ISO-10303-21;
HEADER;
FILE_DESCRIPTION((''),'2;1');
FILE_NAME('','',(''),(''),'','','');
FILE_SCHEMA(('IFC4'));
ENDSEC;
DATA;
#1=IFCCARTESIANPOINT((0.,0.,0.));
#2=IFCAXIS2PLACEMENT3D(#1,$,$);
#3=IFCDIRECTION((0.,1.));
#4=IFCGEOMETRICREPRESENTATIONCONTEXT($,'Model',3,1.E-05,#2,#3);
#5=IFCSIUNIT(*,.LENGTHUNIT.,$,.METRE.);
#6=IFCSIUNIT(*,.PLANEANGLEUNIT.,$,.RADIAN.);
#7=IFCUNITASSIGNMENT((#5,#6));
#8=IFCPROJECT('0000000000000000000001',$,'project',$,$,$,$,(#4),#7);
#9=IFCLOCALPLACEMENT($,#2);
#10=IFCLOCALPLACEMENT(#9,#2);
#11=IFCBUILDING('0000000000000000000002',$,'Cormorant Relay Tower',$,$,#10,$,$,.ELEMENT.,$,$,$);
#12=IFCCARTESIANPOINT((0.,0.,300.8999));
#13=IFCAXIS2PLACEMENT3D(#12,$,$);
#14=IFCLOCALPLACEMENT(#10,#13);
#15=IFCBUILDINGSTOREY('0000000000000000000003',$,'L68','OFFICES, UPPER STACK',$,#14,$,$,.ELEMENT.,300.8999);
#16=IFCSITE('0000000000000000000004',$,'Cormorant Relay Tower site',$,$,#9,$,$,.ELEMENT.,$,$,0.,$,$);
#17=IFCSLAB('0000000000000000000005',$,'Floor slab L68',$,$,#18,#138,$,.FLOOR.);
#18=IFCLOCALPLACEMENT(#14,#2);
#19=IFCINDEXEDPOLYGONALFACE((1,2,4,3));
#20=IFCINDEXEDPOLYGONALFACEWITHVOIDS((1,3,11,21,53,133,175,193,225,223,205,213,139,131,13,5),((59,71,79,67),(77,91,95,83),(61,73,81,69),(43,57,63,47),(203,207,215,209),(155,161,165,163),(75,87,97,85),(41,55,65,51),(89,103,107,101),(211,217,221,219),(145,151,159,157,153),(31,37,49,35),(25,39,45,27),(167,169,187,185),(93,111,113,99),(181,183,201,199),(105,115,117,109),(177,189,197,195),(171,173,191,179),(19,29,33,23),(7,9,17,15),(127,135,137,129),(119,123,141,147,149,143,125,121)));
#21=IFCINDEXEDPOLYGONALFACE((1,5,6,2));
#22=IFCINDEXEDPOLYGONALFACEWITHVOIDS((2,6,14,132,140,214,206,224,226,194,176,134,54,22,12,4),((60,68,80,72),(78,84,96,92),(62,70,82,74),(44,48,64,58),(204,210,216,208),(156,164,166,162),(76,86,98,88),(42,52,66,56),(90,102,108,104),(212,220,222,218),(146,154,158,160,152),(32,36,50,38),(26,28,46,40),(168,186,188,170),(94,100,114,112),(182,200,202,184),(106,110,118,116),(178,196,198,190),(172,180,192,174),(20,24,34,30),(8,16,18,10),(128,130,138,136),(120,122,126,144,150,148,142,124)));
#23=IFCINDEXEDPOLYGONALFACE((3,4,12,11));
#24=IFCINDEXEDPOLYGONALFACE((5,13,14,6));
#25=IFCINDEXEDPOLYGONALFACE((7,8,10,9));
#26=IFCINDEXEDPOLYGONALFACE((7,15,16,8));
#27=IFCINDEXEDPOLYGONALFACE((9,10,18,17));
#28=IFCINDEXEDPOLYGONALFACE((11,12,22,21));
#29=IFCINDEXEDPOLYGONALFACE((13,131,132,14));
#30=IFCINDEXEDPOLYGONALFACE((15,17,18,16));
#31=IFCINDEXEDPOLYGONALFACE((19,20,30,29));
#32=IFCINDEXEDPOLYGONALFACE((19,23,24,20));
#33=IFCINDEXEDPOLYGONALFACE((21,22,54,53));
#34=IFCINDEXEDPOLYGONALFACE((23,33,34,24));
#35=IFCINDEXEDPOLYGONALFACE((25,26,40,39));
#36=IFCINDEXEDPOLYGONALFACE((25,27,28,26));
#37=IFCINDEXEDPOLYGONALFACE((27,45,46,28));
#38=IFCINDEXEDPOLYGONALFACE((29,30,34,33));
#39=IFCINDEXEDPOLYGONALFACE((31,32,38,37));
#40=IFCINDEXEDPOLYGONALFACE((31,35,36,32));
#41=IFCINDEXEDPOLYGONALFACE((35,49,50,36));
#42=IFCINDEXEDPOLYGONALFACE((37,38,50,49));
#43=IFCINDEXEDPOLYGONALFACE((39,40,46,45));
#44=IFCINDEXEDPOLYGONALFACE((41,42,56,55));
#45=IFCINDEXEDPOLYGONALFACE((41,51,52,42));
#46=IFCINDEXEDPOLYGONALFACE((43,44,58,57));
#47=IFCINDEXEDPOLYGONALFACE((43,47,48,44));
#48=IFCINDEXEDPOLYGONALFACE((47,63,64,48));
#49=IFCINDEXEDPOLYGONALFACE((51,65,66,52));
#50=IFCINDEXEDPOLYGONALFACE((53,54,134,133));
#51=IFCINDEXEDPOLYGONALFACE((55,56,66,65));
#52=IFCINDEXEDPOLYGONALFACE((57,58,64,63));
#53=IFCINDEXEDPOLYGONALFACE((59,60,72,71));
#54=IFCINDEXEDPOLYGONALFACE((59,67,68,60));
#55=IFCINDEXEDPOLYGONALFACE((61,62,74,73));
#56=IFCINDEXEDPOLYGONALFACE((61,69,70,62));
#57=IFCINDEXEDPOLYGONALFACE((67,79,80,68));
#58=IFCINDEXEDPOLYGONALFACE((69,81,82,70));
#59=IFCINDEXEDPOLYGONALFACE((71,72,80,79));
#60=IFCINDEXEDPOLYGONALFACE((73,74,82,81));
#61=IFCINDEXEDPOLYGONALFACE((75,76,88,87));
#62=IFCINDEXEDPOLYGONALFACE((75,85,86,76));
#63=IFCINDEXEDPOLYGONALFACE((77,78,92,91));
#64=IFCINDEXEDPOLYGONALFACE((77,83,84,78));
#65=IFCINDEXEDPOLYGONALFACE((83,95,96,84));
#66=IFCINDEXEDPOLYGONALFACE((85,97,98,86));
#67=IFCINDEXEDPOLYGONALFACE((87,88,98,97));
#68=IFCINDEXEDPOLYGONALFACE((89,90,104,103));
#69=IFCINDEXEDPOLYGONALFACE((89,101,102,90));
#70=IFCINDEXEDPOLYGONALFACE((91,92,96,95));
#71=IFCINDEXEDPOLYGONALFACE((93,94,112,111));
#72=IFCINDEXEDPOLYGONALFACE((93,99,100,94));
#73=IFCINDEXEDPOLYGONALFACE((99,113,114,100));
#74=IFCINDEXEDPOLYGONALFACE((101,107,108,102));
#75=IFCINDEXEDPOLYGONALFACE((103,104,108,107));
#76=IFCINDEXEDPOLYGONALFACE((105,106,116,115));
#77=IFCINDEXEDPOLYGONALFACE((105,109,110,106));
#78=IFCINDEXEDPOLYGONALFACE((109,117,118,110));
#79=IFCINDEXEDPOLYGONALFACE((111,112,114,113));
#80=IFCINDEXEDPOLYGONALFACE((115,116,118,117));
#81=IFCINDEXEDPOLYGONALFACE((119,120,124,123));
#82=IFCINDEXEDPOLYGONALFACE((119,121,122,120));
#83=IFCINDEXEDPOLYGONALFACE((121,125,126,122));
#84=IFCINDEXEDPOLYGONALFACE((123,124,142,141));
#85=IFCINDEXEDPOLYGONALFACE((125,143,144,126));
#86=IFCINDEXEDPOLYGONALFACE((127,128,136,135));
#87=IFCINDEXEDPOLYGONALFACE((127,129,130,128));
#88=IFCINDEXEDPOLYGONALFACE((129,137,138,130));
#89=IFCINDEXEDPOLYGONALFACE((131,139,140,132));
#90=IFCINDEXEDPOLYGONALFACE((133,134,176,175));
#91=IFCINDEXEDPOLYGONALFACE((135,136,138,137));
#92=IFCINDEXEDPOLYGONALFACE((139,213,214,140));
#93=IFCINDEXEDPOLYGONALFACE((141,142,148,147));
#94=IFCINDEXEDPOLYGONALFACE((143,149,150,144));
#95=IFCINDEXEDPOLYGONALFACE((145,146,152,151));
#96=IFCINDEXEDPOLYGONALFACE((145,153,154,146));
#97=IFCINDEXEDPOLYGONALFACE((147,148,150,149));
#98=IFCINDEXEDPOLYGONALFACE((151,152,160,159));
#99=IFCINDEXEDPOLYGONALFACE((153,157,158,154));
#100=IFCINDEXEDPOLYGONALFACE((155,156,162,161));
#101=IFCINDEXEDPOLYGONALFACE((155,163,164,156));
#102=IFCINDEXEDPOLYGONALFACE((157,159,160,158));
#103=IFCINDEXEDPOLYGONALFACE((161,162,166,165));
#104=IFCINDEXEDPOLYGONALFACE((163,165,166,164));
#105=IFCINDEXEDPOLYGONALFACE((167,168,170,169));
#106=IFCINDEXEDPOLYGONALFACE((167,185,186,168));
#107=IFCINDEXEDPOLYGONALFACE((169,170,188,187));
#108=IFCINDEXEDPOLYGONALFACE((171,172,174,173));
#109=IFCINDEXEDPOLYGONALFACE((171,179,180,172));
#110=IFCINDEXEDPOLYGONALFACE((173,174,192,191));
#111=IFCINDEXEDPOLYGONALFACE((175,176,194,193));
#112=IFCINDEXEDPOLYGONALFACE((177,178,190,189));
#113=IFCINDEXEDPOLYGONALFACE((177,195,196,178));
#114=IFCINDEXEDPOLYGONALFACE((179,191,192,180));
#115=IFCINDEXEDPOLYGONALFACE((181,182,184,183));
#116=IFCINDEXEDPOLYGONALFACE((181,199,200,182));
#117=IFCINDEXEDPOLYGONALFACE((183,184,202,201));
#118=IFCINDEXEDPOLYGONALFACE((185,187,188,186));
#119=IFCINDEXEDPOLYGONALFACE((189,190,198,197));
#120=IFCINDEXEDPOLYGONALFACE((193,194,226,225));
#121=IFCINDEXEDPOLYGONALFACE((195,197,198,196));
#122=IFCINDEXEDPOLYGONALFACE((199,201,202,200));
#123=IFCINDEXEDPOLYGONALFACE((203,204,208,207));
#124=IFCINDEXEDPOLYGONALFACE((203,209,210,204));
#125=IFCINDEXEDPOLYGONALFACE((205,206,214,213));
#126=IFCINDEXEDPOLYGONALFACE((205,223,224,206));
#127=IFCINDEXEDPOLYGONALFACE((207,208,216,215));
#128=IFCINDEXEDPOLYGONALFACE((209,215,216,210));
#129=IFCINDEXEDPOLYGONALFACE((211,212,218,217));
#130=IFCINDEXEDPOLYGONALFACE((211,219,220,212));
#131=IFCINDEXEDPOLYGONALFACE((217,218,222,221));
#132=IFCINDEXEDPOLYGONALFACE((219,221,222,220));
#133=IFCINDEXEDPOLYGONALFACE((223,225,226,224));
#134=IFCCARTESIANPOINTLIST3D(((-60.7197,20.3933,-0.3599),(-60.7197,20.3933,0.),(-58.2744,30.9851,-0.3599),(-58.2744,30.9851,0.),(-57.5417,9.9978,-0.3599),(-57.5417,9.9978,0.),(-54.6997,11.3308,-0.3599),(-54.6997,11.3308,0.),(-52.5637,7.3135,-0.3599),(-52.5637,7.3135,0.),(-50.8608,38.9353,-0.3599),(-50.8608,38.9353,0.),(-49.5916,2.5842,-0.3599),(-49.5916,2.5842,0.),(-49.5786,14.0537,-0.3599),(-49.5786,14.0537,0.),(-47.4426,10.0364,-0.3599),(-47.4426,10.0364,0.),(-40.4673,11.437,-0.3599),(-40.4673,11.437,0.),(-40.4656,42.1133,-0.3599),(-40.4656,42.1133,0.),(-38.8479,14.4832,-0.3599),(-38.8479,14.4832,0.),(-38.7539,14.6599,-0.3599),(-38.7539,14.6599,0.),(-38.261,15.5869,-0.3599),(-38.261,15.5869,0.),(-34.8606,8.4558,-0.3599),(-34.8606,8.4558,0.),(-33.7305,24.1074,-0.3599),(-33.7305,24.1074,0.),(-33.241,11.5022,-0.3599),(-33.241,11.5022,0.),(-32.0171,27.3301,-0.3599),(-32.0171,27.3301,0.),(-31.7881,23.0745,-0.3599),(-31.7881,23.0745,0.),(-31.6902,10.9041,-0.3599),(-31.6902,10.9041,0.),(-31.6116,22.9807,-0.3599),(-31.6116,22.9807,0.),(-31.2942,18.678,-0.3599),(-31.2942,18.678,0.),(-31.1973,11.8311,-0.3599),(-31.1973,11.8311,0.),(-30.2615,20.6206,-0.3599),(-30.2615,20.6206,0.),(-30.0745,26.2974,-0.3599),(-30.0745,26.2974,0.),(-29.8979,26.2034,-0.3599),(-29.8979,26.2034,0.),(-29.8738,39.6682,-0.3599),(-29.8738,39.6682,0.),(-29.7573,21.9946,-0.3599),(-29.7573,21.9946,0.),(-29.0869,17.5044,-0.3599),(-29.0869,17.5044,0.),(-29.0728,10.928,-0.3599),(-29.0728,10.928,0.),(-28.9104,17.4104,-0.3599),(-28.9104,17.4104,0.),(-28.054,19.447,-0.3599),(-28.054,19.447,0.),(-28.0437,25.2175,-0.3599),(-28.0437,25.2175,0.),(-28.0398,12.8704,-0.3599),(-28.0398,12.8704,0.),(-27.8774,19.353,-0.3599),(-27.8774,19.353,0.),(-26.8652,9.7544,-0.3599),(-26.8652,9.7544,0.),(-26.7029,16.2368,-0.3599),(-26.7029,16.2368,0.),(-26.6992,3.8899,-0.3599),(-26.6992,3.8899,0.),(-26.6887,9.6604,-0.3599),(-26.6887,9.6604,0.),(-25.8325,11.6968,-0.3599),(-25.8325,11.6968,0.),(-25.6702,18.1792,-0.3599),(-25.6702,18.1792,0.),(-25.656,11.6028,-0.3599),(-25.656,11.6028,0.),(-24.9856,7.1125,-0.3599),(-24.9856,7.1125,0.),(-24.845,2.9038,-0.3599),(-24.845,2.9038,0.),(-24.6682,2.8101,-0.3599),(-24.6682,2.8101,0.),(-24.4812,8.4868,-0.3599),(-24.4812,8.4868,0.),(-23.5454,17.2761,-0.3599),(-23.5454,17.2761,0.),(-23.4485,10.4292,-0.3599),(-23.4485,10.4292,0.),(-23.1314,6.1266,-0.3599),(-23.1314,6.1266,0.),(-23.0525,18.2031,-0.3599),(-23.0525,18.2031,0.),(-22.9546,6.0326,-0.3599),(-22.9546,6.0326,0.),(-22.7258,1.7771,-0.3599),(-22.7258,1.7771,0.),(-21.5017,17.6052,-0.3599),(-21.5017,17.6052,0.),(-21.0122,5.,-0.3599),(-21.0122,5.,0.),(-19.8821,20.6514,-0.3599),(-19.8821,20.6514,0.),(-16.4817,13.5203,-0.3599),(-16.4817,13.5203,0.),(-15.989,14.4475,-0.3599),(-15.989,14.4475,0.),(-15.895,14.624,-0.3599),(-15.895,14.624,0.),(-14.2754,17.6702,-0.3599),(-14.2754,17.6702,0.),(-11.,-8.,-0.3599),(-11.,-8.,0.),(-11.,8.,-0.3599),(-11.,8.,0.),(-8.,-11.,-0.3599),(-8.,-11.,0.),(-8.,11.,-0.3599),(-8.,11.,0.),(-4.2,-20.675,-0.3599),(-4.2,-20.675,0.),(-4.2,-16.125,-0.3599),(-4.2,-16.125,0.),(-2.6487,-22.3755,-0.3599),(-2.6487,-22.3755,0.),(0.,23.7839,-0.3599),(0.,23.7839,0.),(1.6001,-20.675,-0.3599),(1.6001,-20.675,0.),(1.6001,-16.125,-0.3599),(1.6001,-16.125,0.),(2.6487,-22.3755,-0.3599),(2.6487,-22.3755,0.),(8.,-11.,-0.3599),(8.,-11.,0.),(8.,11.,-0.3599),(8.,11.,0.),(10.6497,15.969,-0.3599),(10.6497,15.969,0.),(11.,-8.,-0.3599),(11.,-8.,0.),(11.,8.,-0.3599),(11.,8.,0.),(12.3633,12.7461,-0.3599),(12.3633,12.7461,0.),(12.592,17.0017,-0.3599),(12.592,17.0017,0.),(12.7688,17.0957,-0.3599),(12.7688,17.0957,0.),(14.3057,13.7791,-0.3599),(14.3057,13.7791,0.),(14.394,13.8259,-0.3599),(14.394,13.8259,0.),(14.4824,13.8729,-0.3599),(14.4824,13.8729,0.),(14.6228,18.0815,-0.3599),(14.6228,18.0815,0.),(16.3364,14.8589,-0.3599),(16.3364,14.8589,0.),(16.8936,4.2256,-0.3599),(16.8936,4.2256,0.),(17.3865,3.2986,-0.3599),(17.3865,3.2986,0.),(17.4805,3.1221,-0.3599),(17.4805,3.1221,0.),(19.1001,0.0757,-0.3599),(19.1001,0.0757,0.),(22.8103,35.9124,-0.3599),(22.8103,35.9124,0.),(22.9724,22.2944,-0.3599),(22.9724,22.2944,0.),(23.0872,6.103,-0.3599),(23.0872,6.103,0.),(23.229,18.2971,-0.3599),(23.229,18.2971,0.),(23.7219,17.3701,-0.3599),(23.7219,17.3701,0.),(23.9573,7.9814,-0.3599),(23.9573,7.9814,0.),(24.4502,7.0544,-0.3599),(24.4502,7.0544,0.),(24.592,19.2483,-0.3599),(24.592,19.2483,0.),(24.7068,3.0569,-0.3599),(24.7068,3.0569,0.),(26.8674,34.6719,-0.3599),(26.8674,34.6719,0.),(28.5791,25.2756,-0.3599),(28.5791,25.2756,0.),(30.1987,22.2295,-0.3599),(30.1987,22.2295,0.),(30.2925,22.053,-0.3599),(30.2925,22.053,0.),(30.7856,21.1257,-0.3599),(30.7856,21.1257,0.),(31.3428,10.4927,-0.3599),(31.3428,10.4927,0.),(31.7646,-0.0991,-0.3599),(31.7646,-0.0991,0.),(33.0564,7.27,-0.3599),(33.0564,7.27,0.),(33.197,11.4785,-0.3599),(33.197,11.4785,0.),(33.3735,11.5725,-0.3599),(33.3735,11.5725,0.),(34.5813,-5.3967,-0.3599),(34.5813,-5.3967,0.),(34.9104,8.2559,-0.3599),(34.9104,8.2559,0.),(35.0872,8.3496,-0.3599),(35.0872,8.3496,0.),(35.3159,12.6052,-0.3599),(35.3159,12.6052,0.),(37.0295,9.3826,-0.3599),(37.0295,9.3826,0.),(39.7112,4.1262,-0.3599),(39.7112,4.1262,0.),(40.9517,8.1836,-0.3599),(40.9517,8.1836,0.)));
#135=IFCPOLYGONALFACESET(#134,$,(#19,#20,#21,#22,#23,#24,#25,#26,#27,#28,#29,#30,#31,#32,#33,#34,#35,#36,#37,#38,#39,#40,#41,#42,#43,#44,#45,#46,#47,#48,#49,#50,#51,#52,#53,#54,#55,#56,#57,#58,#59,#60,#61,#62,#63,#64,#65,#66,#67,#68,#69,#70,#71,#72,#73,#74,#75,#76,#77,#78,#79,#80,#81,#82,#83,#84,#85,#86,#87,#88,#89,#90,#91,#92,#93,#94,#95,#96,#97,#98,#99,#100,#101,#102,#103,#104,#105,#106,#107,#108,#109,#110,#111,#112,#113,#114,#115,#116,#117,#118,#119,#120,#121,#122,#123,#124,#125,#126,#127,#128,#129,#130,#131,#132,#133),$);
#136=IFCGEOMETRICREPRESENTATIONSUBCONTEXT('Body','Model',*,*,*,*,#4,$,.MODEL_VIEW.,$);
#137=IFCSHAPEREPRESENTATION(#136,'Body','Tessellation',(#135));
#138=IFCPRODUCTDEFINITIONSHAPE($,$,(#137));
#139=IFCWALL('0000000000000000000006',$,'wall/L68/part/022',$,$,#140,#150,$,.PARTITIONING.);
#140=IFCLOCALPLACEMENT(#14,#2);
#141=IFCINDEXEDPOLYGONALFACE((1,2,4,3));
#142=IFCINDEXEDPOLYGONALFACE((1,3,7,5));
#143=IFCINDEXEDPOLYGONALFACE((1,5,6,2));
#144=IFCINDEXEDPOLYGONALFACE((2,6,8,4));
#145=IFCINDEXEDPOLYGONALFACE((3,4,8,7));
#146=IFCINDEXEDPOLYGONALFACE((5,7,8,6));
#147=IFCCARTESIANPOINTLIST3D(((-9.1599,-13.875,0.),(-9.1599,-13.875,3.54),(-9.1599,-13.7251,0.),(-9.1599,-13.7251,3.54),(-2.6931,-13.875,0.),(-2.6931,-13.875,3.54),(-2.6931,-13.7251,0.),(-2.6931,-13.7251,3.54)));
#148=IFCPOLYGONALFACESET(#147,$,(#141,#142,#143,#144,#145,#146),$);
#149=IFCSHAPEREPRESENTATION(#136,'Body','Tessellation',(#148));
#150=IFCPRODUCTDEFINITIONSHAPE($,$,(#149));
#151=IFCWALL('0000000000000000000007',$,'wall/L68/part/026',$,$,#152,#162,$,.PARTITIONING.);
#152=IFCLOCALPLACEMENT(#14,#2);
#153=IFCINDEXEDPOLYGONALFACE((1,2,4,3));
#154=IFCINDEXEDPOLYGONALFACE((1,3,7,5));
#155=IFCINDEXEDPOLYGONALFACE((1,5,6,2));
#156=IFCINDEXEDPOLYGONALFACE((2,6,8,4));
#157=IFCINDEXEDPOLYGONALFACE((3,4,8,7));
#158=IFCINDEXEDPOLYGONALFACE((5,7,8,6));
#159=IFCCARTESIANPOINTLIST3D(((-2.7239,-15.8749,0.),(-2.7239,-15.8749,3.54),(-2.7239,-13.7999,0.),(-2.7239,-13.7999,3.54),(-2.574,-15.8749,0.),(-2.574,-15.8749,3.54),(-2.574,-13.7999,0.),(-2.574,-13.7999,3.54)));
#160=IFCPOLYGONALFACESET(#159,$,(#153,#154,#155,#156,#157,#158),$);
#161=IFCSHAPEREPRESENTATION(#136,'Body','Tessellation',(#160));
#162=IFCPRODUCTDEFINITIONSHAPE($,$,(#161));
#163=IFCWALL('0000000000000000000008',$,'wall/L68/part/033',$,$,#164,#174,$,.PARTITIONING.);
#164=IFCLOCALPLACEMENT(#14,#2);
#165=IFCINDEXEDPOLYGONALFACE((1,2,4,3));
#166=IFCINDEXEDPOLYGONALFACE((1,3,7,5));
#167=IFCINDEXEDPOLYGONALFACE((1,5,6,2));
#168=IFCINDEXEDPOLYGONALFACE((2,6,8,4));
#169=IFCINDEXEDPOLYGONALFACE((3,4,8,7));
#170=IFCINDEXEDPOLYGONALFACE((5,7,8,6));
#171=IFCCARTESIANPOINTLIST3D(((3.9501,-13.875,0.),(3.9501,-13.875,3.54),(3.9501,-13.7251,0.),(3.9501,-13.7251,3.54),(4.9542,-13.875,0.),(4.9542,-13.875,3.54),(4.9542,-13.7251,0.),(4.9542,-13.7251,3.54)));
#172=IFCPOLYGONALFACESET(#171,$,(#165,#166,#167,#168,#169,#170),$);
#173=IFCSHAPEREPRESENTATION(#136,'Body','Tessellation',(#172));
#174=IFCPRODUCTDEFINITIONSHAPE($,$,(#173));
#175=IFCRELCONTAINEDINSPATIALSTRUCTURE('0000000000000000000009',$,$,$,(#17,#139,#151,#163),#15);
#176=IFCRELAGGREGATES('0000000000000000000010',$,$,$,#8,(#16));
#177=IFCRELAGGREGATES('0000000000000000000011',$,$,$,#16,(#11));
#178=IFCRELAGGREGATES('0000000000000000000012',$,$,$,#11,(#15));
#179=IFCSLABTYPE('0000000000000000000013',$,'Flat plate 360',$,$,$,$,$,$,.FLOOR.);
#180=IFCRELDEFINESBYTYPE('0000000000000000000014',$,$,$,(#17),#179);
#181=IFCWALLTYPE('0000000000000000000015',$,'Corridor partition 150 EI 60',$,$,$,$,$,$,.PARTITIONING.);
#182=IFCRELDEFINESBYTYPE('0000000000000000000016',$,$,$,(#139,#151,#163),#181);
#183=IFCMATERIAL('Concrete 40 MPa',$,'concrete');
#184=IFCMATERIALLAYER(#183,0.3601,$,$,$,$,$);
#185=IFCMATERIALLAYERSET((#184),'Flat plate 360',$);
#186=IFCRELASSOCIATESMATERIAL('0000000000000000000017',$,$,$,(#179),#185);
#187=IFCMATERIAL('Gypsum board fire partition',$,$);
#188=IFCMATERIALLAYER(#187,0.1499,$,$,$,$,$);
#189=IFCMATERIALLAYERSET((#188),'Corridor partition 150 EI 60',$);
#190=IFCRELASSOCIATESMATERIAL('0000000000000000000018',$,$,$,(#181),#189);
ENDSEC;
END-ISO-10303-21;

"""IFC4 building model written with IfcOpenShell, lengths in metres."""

from ifc_helpers import new_model, si_unit, direction, frame, frame_2d, origin, place, context, subcontext, project, spatial, polyline, rectangle, outline, extrude, material, layer, layer_set, type_object, element, save


model = new_model("IFC4")

# Units and contexts
model_context = context("Model", 3, precision=1e-05, world=origin(), true_north=direction((0.0, 1.0)))
body_context = subcontext(model_context, "Body", "Model", "MODEL_VIEW")
ifc_project = project(units=[si_unit("LENGTHUNIT", "METRE"), si_unit("PLANEANGLEUNIT", "RADIAN")], contexts=[model_context])

# Site, building, storey
site_placement = place(None, origin())
site = spatial("IfcSite", under=ifc_project, at=site_placement, Name="Cormorant Relay Tower site", CompositionType="ELEMENT", RefElevation=0.0)
building_placement = place(site_placement, origin())
building = spatial("IfcBuilding", under=site, at=building_placement, Name="Cormorant Relay Tower", CompositionType="ELEMENT")
storey_placement = place(building_placement, frame((0.0, 0.0, 300.8999)))
storey = spatial("IfcBuildingStorey", under=building, at=storey_placement, Name="L68", Description="OFFICES, UPPER STACK", CompositionType="ELEMENT", Elevation=300.8999)

# Slab
ifc_material_1 = material(Name="Concrete 40 MPa", Category="concrete")
ifc_layer_1 = layer(ifc_material_1, 0.3601)
ifc_layer_set_1 = layer_set([ifc_layer_1], Name="Flat plate 360")
slab_type_1 = type_object("IfcSlabType", Name="Flat plate 360", PredefinedType="FLOOR", material=ifc_layer_set_1)
slab_1_placement = place(storey_placement, frame((0.0, 0.0, -0.3599)))
element("IfcSlab", 1, at=slab_1_placement, inside=storey, type_object=slab_type_1, Name="Floor slab L68", PredefinedType="FLOOR", context=body_context, shape_type="SweptSolid", body=[
    extrude(outline(polyline([(-60.7197, 20.3933), (-58.2744, 30.9851), (-50.8608, 38.9353), (-40.4656, 42.1133), (-29.8738, 39.6682), (0.0, 23.7839), (22.8103, 35.9124), (26.8674, 34.6719), (40.9517, 8.1836), (39.7112, 4.1262), (31.7646, -0.0991), (34.5813, -5.3967), (2.6487, -22.3755), (-2.6487, -22.3755), (-49.5916, 2.5842), (-57.5417, 9.9978), (-60.7197, 20.3933)]), holes=[polyline([(11.0, -8.0), (11.0, 8.0), (8.0, 11.0), (-8.0, 11.0), (-11.0, 8.0), (-11.0, -8.0), (-8.0, -11.0), (8.0, -11.0), (11.0, -8.0)]), polyline([(-22.9546, 6.0327), (-24.6682, 2.8101), (-22.7258, 1.7771), (-21.0122, 5.0), (-23.043, 6.0796), (-22.9546, 6.0327)]), polyline([(-24.9856, 7.1125), (-26.6992, 3.8899), (-24.845, 2.9038), (-23.1313, 6.1267), (-23.043, 6.0796), (-24.9856, 7.1125)]), polyline([(-24.4812, 8.4868), (-23.4485, 10.4292), (-25.656, 11.6028), (-26.6887, 9.6604), (-24.4812, 8.4868)]), polyline([(-49.5786, 14.0537), (-54.6997, 11.3308), (-52.5637, 7.3135), (-47.4426, 10.0364), (-49.5786, 14.0537)]), polyline([(-25.8325, 11.6968), (-28.0398, 12.8704), (-29.0728, 10.928), (-26.8652, 9.7544), (-25.8325, 11.6968)]), polyline([(-38.8479, 14.4832), (-40.4673, 11.437), (-34.8606, 8.4558), (-33.241, 11.5022), (-38.8479, 14.4832)]), polyline([(-38.261, 15.5869), (-38.7539, 14.6599), (-31.6902, 10.9041), (-31.1973, 11.8311), (-38.261, 15.5869)]), polyline([(-26.7029, 16.2368), (-25.6702, 18.1792), (-27.8774, 19.353), (-28.9104, 17.4104), (-26.7029, 16.2368)]), polyline([(-31.2942, 18.678), (-29.0869, 17.5044), (-28.054, 19.447), (-30.2615, 20.6206), (-31.2942, 18.678)]), polyline([(-31.6116, 22.9807), (-29.7573, 21.9946), (-28.0437, 25.2175), (-29.8979, 26.2034), (-31.6116, 22.9807)]), polyline([(-32.0171, 27.3301), (-33.7305, 24.1074), (-31.7881, 23.0745), (-30.0745, 26.2974), (-32.0171, 27.3301)]), polyline([(-4.2, -16.125), (-4.2, -20.675), (1.6001, -20.675), (1.6001, -16.125), (-4.2, -16.125)]), polyline([(17.4805, 3.1221), (19.1001, 0.0757), (24.7068, 3.0569), (23.0872, 6.103), (17.4805, 3.1221)]), polyline([(17.3865, 3.2986), (24.4502, 7.0544), (23.9573, 7.9814), (16.8936, 4.2256), (17.3865, 3.2986)]), polyline([(33.197, 11.4785), (31.3428, 10.4927), (33.0564, 7.27), (34.9104, 8.2559), (33.197, 11.4785)]), polyline([(33.3735, 11.5725), (35.0872, 8.3496), (37.0295, 9.3826), (35.3159, 12.6052), (33.3735, 11.5725)]), polyline([(14.3057, 13.7791), (12.592, 17.0017), (10.6497, 15.969), (12.3633, 12.7461), (14.394, 13.8259), (14.3057, 13.7791)]), polyline([(16.3364, 14.8589), (14.6228, 18.0815), (12.7688, 17.0957), (14.4824, 13.8728), (14.394, 13.8259), (16.3364, 14.8589)]), polyline([(-16.4817, 13.5203), (-15.989, 14.4475), (-23.0525, 18.2031), (-23.5454, 17.2761), (-16.4817, 13.5203)]), polyline([(-15.895, 14.624), (-14.2754, 17.6702), (-19.8821, 20.6514), (-21.5017, 17.6052), (-15.895, 14.624)]), polyline([(30.7856, 21.1257), (30.2925, 22.053), (23.229, 18.2971), (23.7219, 17.3701), (30.7856, 21.1257)]), polyline([(24.592, 19.2483), (30.1987, 22.2295), (28.5791, 25.2756), (22.9724, 22.2944), (24.592, 19.2483)])]), origin(), (0.0, 0.0, 1.0), 0.3599),
])

# Walls
ifc_material_2 = material(Name="Gypsum board fire partition")
ifc_layer_2 = layer(ifc_material_2, 0.1499)
ifc_layer_set_2 = layer_set([ifc_layer_2], Name="Corridor partition 150 EI 60")
wall_type_1 = type_object("IfcWallType", Name="Corridor partition 150 EI 60", PredefinedType="PARTITIONING", material=ifc_layer_set_2)
wall_1_placement = place(storey_placement, frame((-2.6931, -13.8, 0.0), z_axis=(0.0, 0.0, 1.0), x_axis=(-1.0, 0.0, 0.0)))
element("IfcWall", 2, at=wall_1_placement, inside=storey, type_object=wall_type_1, Name="wall/L68/part/022", PredefinedType="PARTITIONING", context=body_context, shape_type="SweptSolid", body=[
    extrude(rectangle(XDim=6.4668, YDim=0.1499, at=frame_2d((3.2334, 0.0))), origin(), (0.0, 0.0, 1.0), 3.54),
])
wall_2_placement = place(storey_placement, frame((-2.6489, -15.875, 0.0), z_axis=(0.0, 0.0, 1.0), x_axis=(0.0, 1.0, 0.0)))
element("IfcWall", 3, at=wall_2_placement, inside=storey, type_object=wall_type_1, Name="wall/L68/part/026", PredefinedType="PARTITIONING", context=body_context, shape_type="SweptSolid", body=[
    extrude(rectangle(XDim=2.075, YDim=0.1499, at=frame_2d((1.0376, 0.0))), origin(), (0.0, 0.0, 1.0), 3.54),
])
wall_3_placement = place(storey_placement, frame((4.9541, -13.8, 0.0), z_axis=(0.0, 0.0, 1.0), x_axis=(-1.0, 0.0, 0.0)))
element("IfcWall", 4, at=wall_3_placement, inside=storey, type_object=wall_type_1, Name="wall/L68/part/033", PredefinedType="PARTITIONING", context=body_context, shape_type="SweptSolid", body=[
    extrude(rectangle(XDim=1.0042, YDim=0.1499, at=frame_2d((0.502, 0.0))), origin(), (0.0, 0.0, 1.0), 3.54),
])

save(model, "model.ifc")
